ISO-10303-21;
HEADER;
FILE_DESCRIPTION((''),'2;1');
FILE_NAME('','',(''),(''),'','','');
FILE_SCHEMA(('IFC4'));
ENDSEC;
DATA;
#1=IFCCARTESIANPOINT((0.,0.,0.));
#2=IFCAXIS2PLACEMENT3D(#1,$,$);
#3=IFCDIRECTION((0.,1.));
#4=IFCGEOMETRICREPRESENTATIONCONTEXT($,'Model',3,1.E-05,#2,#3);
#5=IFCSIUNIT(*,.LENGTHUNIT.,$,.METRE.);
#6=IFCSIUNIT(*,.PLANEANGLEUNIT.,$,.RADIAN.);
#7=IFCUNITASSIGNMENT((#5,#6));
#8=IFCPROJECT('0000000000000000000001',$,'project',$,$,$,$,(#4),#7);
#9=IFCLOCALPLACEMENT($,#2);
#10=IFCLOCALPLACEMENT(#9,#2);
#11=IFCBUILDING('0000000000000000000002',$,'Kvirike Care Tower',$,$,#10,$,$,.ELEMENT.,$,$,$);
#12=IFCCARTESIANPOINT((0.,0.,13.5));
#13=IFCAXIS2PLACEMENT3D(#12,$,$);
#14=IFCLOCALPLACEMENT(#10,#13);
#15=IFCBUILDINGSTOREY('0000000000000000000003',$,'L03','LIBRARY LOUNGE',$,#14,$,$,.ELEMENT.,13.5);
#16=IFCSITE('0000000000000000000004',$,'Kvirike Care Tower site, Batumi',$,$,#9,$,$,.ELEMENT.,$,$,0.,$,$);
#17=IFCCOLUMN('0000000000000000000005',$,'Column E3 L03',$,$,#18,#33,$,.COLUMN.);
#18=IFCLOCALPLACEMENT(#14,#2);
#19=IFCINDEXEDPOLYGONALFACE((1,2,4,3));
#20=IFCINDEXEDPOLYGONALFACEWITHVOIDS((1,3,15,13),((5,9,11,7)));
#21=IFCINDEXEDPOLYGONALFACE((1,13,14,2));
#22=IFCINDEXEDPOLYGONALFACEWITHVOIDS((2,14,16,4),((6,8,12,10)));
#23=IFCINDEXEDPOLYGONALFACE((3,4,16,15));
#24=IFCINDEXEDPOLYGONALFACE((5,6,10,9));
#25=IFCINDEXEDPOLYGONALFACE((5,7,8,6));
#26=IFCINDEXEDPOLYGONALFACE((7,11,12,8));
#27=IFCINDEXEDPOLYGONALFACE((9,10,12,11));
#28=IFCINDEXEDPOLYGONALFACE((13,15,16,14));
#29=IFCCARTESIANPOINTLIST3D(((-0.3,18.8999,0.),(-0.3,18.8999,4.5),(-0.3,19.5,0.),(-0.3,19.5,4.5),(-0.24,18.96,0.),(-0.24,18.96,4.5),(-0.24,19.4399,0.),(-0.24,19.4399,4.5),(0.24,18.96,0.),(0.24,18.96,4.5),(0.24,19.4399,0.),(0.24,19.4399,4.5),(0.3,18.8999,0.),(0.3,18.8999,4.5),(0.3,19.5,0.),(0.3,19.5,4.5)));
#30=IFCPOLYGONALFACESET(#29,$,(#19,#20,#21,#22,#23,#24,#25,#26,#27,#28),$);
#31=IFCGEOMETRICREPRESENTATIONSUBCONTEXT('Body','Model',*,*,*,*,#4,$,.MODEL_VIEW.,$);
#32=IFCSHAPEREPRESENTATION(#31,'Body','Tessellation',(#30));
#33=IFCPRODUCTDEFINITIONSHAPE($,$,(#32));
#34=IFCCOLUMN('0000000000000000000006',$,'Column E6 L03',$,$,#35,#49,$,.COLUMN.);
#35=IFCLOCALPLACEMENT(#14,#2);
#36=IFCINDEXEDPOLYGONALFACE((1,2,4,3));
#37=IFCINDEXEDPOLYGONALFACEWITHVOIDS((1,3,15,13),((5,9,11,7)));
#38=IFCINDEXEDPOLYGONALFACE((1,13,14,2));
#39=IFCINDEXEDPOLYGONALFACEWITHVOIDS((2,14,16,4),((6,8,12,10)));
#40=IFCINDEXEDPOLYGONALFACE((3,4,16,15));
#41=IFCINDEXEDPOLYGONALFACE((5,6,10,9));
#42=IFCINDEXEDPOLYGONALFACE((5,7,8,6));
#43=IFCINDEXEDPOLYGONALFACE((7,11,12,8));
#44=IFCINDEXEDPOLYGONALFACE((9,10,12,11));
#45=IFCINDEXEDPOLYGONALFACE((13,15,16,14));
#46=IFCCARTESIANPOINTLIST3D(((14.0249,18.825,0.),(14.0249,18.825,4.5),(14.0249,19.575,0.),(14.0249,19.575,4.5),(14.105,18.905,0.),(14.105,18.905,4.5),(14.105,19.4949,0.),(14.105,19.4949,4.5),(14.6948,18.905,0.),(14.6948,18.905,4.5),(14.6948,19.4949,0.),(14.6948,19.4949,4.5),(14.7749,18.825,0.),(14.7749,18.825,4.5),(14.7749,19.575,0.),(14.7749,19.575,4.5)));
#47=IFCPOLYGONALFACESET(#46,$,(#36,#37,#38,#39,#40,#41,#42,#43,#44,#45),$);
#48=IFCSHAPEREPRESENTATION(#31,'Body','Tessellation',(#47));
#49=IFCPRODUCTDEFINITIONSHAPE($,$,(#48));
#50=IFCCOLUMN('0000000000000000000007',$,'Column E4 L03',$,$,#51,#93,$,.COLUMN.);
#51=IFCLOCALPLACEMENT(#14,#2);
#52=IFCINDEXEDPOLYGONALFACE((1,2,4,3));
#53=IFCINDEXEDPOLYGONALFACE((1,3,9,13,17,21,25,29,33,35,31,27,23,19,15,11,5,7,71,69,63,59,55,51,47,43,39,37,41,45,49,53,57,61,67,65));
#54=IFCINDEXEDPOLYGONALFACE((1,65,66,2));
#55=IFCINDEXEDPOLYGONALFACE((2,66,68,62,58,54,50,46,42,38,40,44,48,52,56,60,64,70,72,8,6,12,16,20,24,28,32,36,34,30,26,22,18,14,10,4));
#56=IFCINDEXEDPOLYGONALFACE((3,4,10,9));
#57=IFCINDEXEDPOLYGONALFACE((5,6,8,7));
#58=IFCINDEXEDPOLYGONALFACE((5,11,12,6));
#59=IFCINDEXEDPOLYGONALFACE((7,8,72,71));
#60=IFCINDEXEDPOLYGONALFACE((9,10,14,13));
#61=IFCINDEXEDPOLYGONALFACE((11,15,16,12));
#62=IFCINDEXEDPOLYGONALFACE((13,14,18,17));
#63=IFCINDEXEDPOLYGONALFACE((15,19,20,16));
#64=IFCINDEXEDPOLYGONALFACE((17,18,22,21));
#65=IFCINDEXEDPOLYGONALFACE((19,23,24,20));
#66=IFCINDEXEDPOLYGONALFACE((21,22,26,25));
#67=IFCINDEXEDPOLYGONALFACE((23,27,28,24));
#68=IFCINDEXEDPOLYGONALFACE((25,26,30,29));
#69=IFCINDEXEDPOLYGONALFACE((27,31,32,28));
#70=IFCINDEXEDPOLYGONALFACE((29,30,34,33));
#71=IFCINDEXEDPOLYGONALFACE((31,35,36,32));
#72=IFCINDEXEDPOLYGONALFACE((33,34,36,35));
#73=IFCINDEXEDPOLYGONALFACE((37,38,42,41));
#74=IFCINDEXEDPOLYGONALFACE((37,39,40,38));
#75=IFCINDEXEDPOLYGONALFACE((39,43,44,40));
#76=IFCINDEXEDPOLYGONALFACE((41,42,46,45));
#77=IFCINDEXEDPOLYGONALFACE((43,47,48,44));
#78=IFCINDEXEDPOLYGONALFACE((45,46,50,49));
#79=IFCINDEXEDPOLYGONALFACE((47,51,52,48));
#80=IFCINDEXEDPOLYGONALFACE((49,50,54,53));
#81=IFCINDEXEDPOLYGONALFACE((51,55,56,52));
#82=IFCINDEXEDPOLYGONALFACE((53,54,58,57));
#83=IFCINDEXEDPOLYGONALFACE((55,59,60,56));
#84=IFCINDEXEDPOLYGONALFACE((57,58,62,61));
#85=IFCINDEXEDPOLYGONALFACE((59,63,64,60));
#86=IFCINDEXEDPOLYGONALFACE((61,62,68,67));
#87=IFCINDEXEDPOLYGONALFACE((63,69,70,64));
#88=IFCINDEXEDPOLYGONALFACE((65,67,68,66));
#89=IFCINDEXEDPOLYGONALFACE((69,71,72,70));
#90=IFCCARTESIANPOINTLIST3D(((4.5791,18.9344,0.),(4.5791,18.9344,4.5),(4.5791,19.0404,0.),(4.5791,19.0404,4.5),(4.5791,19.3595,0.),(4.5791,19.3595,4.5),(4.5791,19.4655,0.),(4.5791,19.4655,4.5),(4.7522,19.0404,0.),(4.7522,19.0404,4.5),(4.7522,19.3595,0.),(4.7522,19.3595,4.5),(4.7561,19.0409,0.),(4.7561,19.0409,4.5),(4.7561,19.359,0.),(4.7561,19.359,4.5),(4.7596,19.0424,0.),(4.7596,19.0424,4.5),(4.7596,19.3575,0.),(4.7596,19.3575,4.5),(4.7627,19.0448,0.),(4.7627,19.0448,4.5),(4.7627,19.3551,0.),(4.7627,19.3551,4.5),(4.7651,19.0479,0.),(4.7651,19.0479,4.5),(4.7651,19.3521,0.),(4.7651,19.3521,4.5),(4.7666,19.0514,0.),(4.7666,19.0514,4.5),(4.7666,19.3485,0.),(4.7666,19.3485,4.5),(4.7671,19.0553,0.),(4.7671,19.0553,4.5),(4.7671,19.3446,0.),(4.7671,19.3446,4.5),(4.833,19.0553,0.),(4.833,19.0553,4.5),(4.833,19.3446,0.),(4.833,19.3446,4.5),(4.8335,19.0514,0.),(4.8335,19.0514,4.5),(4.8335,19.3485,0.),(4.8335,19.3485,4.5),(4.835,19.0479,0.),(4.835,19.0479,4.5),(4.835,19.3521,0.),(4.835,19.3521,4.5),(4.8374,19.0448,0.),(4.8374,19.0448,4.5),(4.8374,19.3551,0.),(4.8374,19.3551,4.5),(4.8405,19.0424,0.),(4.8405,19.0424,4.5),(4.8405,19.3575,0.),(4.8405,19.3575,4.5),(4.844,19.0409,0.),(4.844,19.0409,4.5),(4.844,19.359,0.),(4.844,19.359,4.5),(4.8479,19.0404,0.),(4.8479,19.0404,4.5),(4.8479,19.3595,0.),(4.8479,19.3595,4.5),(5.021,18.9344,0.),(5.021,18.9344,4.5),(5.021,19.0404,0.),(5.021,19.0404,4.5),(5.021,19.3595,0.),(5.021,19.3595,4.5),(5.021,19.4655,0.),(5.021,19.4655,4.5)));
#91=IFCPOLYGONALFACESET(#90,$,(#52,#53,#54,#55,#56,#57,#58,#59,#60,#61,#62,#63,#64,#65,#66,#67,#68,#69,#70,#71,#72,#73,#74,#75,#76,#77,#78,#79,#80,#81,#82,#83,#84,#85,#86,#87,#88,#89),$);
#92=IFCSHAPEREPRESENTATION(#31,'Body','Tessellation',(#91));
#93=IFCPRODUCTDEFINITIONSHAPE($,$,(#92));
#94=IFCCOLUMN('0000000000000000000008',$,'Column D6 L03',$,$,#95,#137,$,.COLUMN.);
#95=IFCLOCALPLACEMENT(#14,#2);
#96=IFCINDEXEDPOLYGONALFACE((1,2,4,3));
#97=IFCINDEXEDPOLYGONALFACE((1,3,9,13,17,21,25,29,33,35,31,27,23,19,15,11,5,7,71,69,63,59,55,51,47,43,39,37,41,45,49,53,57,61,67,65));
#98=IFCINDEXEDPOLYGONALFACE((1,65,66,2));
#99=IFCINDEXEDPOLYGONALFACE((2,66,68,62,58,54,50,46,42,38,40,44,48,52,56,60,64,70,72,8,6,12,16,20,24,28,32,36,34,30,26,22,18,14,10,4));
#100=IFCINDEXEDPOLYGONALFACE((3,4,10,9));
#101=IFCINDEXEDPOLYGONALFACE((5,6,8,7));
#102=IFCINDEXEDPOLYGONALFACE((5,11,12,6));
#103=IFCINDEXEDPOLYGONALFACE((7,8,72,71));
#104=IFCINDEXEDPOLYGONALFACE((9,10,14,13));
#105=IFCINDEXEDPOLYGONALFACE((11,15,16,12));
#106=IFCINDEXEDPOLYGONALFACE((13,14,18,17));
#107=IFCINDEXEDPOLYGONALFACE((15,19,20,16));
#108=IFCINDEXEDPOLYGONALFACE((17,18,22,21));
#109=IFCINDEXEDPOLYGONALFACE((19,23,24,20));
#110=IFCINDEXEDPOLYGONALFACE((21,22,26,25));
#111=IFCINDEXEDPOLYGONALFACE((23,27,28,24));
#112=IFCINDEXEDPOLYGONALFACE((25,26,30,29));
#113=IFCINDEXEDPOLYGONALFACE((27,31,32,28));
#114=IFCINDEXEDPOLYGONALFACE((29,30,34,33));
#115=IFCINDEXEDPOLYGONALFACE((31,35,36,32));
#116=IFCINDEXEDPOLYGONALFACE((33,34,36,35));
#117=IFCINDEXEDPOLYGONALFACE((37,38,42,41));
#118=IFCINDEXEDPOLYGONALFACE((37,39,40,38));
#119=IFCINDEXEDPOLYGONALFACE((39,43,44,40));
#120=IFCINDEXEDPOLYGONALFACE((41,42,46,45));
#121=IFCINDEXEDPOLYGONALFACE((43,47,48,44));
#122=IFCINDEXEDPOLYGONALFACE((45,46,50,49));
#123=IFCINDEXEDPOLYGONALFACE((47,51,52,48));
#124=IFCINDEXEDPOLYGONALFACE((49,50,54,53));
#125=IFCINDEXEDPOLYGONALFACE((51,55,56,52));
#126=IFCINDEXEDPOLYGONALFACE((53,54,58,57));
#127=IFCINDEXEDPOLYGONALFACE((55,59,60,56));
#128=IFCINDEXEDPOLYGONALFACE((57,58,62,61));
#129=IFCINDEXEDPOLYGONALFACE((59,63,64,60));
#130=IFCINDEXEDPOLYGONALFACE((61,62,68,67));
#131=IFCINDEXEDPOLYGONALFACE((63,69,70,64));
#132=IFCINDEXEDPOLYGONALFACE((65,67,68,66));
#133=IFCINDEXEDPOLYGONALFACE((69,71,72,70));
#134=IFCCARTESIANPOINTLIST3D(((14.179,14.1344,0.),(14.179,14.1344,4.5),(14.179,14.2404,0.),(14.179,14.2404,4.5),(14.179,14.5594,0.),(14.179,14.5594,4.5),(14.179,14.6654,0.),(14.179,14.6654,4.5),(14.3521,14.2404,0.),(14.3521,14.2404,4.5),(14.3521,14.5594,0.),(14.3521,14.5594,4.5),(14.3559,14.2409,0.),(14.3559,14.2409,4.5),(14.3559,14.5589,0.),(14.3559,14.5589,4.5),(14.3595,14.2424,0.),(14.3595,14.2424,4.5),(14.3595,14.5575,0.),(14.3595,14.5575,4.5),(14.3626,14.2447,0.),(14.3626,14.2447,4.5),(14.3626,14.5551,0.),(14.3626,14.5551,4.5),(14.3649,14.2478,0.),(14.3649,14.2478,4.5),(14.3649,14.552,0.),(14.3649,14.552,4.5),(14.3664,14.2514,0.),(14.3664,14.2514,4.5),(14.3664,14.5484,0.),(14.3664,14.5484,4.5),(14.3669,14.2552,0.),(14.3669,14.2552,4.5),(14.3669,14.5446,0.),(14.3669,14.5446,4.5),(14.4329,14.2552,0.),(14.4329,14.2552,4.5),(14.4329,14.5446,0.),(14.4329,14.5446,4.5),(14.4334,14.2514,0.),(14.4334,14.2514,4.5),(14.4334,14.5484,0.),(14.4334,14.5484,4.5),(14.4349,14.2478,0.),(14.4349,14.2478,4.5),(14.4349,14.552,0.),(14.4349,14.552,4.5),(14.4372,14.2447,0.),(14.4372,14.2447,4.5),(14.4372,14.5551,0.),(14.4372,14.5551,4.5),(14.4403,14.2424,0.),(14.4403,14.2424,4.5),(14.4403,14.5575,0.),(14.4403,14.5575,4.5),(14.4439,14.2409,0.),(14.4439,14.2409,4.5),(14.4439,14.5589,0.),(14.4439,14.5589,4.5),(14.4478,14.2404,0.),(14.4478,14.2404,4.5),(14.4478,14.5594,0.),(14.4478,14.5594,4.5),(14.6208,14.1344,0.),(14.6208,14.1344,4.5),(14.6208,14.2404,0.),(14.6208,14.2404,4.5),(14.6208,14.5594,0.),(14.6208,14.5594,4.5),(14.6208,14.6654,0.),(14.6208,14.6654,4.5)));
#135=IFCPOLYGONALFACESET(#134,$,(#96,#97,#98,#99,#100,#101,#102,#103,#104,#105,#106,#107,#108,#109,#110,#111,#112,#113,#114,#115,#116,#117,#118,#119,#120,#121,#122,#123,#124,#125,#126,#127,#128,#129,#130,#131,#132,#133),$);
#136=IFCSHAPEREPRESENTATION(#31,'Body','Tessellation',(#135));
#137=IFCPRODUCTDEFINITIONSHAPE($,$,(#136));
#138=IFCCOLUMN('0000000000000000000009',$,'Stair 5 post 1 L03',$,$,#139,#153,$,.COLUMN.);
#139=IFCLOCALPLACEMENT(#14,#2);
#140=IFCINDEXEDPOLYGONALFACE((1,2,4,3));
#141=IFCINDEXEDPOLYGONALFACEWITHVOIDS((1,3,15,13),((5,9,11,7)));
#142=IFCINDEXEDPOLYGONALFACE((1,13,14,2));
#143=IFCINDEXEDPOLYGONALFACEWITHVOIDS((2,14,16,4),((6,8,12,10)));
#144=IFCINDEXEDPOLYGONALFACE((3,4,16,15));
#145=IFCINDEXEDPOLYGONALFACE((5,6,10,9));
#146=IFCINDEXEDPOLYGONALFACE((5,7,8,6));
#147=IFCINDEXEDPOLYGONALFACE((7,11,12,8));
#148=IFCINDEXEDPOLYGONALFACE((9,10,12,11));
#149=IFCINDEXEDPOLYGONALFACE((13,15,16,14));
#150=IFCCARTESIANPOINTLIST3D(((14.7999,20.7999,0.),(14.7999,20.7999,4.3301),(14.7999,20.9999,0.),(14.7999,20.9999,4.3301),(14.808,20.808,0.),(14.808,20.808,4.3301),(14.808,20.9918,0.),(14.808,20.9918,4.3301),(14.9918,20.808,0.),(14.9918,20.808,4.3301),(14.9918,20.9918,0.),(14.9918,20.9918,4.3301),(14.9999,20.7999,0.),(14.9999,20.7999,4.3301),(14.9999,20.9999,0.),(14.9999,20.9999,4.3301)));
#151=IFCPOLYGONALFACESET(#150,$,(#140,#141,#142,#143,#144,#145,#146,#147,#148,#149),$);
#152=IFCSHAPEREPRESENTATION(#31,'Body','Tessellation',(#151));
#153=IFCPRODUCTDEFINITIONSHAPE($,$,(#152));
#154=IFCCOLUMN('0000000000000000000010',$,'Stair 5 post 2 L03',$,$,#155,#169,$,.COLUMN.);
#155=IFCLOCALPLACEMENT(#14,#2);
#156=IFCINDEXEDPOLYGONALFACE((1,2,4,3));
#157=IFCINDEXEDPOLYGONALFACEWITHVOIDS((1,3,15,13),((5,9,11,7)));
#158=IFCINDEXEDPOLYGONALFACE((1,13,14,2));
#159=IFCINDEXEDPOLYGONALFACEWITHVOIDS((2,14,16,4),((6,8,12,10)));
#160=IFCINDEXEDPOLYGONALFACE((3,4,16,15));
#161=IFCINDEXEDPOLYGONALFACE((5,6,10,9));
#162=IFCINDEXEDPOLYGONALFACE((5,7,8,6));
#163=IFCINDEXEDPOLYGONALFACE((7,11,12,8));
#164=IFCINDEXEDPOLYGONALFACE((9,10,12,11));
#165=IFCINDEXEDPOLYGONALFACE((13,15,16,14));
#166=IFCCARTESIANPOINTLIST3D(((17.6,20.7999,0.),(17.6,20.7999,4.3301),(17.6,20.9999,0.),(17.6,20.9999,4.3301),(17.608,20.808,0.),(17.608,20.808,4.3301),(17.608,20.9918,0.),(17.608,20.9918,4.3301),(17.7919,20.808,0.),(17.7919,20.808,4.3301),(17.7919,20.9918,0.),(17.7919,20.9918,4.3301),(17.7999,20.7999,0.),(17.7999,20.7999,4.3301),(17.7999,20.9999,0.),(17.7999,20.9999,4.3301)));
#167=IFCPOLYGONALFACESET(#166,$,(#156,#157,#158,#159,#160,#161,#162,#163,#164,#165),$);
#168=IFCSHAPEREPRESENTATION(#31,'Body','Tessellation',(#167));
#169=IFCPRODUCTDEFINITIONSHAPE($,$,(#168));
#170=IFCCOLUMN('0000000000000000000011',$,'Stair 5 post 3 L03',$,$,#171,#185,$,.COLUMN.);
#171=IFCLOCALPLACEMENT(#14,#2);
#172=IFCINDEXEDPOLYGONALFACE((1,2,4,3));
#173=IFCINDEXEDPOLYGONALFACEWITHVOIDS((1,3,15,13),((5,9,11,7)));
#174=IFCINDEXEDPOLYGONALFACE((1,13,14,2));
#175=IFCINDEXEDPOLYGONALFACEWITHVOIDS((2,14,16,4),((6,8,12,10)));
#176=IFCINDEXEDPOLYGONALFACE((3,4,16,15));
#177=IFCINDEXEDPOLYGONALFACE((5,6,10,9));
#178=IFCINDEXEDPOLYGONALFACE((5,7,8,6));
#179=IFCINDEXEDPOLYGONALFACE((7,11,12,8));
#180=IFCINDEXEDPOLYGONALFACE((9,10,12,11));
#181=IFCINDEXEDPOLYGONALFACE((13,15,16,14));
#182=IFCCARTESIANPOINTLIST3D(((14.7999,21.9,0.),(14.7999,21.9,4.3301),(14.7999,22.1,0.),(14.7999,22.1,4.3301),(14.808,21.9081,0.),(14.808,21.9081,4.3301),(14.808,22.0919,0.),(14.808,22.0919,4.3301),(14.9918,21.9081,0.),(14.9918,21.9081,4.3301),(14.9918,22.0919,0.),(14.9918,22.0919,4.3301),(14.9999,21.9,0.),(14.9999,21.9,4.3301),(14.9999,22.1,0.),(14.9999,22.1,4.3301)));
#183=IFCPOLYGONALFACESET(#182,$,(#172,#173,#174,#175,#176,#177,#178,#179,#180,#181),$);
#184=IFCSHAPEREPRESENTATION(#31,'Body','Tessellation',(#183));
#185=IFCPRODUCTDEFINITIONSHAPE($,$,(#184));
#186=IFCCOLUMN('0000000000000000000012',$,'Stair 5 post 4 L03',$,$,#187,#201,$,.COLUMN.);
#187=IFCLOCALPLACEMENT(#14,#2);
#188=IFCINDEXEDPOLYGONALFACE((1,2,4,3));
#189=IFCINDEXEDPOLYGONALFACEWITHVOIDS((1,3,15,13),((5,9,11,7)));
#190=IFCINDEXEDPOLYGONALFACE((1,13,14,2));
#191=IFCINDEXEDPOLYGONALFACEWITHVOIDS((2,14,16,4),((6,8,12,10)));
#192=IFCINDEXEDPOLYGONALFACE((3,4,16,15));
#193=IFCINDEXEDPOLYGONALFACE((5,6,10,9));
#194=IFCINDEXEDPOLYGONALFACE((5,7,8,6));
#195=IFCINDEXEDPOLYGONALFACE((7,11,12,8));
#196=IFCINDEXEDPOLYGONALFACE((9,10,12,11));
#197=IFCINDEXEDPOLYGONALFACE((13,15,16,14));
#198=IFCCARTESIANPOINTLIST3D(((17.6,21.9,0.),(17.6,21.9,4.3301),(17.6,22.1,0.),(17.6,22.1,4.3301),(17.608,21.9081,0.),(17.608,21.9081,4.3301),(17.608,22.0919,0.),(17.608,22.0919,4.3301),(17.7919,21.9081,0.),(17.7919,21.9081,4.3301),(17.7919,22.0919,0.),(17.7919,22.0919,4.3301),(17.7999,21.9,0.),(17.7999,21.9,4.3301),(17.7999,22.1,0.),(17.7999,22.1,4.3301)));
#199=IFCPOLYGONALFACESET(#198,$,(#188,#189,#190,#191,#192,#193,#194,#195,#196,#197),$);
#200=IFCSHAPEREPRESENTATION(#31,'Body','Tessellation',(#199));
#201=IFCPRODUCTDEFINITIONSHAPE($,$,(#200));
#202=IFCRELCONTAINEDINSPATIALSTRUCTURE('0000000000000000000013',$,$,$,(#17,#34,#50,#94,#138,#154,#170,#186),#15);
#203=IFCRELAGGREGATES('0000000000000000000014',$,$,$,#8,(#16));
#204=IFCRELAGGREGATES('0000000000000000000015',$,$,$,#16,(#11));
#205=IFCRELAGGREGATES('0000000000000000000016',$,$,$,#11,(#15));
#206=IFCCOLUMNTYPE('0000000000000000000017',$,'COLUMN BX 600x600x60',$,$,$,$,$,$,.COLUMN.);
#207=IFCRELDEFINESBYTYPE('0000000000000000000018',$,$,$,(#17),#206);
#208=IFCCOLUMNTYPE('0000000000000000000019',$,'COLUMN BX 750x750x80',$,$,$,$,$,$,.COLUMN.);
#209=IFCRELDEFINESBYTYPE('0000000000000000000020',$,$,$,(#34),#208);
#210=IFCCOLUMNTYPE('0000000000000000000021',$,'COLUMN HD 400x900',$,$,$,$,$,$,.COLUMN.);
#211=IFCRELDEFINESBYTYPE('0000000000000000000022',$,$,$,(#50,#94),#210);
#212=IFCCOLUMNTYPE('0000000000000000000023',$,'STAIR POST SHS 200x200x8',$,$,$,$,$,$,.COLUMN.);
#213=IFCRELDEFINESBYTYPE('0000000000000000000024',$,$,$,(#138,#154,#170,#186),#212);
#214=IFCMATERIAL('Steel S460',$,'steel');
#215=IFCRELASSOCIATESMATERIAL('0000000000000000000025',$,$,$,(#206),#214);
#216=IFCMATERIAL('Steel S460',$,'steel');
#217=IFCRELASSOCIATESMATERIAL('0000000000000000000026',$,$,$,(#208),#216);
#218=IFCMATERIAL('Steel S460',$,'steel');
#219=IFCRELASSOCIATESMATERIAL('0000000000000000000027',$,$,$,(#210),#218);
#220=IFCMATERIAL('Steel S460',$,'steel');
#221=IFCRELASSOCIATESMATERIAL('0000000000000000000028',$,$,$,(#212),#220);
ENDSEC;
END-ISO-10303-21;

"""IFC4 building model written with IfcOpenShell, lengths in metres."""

from ifc_helpers import new_model, si_unit, direction, frame, origin, origin_2d, place, context, subcontext, project, spatial, hollow_rectangle, i_section, extrude, material, material_profile, profile_set, type_object, element, save


model = new_model("IFC4")

# Units and contexts
model_context = context("Model", 3, precision=1e-05, world=origin(), true_north=direction((0.0, 1.0)))
body_context = subcontext(model_context, "Body", "Model", "MODEL_VIEW")
ifc_project = project(units=[si_unit("LENGTHUNIT", "METRE"), si_unit("PLANEANGLEUNIT", "RADIAN")], contexts=[model_context])

# Site, building, storey
site_placement = place(None, origin())
site = spatial("IfcSite", under=ifc_project, at=site_placement, Name="Kvirike Care Tower site, Batumi", CompositionType="ELEMENT", RefElevation=0.0)
building_placement = place(site_placement, origin())
building = spatial("IfcBuilding", under=site, at=building_placement, Name="Kvirike Care Tower", CompositionType="ELEMENT")
storey_placement = place(building_placement, frame((0.0, 0.0, 13.5)))
storey = spatial("IfcBuildingStorey", under=building, at=storey_placement, Name="L03", Description="LIBRARY LOUNGE", CompositionType="ELEMENT", Elevation=13.5)

# Columns
ifc_material_1 = material(Name="Steel S460", Category="steel")
ifc_material_profile_1 = material_profile(ifc_material_1, hollow_rectangle(XDim=0.6001, YDim=0.6001, WallThickness=0.0601, at=origin_2d()), Name="BX 600x600x60")
ifc_profile_set_1 = profile_set([ifc_material_profile_1], Name="Steel S460")
column_type_1 = type_object("IfcColumnType", Name="COLUMN BX 600x600x60", PredefinedType="COLUMN", material=ifc_profile_set_1)
column_1_placement = place(storey_placement, frame((0.0, 19.2, 0.0), z_axis=(0.0, 0.0, 1.0), x_axis=(1.0, 0.0, 0.0)))
element("IfcColumn", 1, at=column_1_placement, inside=storey, type_object=column_type_1, Name="Column E3 L03", PredefinedType="COLUMN", context=body_context, shape_type="SweptSolid", body=[
    extrude(hollow_rectangle(XDim=0.6001, YDim=0.6001, WallThickness=0.0601, at=origin_2d()), origin(), (0.0, 0.0, 1.0), 4.5),
])
ifc_material_2 = material(Name="Steel S460", Category="steel")
ifc_material_profile_2 = material_profile(ifc_material_2, hollow_rectangle(XDim=0.75, YDim=0.75, WallThickness=0.0801, at=origin_2d()), Name="BX 750x750x80")
ifc_profile_set_2 = profile_set([ifc_material_profile_2], Name="Steel S460")
column_type_2 = type_object("IfcColumnType", Name="COLUMN BX 750x750x80", PredefinedType="COLUMN", material=ifc_profile_set_2)
column_2_placement = place(storey_placement, frame((14.3999, 19.2, 0.0), z_axis=(0.0, 0.0, 1.0), x_axis=(1.0, 0.0, 0.0)))
element("IfcColumn", 2, at=column_2_placement, inside=storey, type_object=column_type_2, Name="Column E6 L03", PredefinedType="COLUMN", context=body_context, shape_type="SweptSolid", body=[
    extrude(hollow_rectangle(XDim=0.75, YDim=0.75, WallThickness=0.0801, at=origin_2d()), origin(), (0.0, 0.0, 1.0), 4.5),
])
ifc_material_3 = material(Name="Steel S460", Category="steel")
ifc_material_profile_3 = material_profile(ifc_material_3, i_section(OverallWidth=0.4419, OverallDepth=0.531, WebThickness=0.0659, FlangeThickness=0.106, FilletRadius=0.0149, at=origin_2d()), Name="HD 400x900")
ifc_profile_set_3 = profile_set([ifc_material_profile_3], Name="Steel S460")
column_type_3 = type_object("IfcColumnType", Name="COLUMN HD 400x900", PredefinedType="COLUMN", material=ifc_profile_set_3)
for number, where, z_axis, x_axis, name in (
    (3, (4.8, 19.2, 0.0), (0.0, 0.0, 1.0), (1.0, 0.0, 0.0), "Column E4 L03"),
    (4, (14.3999, 14.3999, 0.0), (0.0, 0.0, 1.0), (1.0, 0.0, 0.0), "Column D6 L03"),
):
    element("IfcColumn", number, at=place(storey_placement, frame(where, z_axis=z_axis, x_axis=x_axis)), inside=storey, type_object=column_type_3, Name=name, PredefinedType="COLUMN", context=body_context, shape_type="SweptSolid", body=[
        extrude(i_section(OverallWidth=0.4419, OverallDepth=0.531, WebThickness=0.0659, FlangeThickness=0.106, FilletRadius=0.0149, at=origin_2d()), origin(), (0.0, 0.0, 1.0), 4.5),
    ])
ifc_material_4 = material(Name="Steel S460", Category="steel")
ifc_material_profile_4 = material_profile(ifc_material_4, hollow_rectangle(XDim=0.2, YDim=0.2, WallThickness=0.0081, at=origin_2d()), Name="SHS 200x200x8")
ifc_profile_set_4 = profile_set([ifc_material_profile_4], Name="Steel S460")
column_type_4 = type_object("IfcColumnType", Name="STAIR POST SHS 200x200x8", PredefinedType="COLUMN", material=ifc_profile_set_4)
for number, where, z_axis, x_axis, name in (
    (5, (14.8999, 20.8999, 0.0), (0.0, 0.0, 1.0), (1.0, 0.0, 0.0), "Stair 5 post 1 L03"),
    (6, (17.7, 20.8999, 0.0), (0.0, 0.0, 1.0), (1.0, 0.0, 0.0), "Stair 5 post 2 L03"),
    (7, (14.8999, 22.0, 0.0), (0.0, 0.0, 1.0), (1.0, 0.0, 0.0), "Stair 5 post 3 L03"),
    (8, (17.7, 22.0, 0.0), (0.0, 0.0, 1.0), (1.0, 0.0, 0.0), "Stair 5 post 4 L03"),
):
    element("IfcColumn", number, at=place(storey_placement, frame(where, z_axis=z_axis, x_axis=x_axis)), inside=storey, type_object=column_type_4, Name=name, PredefinedType="COLUMN", context=body_context, shape_type="SweptSolid", body=[
        extrude(hollow_rectangle(XDim=0.2, YDim=0.2, WallThickness=0.0081, at=origin_2d()), origin(), (0.0, 0.0, 1.0), 4.3301),
    ])

save(model, "model.ifc")
